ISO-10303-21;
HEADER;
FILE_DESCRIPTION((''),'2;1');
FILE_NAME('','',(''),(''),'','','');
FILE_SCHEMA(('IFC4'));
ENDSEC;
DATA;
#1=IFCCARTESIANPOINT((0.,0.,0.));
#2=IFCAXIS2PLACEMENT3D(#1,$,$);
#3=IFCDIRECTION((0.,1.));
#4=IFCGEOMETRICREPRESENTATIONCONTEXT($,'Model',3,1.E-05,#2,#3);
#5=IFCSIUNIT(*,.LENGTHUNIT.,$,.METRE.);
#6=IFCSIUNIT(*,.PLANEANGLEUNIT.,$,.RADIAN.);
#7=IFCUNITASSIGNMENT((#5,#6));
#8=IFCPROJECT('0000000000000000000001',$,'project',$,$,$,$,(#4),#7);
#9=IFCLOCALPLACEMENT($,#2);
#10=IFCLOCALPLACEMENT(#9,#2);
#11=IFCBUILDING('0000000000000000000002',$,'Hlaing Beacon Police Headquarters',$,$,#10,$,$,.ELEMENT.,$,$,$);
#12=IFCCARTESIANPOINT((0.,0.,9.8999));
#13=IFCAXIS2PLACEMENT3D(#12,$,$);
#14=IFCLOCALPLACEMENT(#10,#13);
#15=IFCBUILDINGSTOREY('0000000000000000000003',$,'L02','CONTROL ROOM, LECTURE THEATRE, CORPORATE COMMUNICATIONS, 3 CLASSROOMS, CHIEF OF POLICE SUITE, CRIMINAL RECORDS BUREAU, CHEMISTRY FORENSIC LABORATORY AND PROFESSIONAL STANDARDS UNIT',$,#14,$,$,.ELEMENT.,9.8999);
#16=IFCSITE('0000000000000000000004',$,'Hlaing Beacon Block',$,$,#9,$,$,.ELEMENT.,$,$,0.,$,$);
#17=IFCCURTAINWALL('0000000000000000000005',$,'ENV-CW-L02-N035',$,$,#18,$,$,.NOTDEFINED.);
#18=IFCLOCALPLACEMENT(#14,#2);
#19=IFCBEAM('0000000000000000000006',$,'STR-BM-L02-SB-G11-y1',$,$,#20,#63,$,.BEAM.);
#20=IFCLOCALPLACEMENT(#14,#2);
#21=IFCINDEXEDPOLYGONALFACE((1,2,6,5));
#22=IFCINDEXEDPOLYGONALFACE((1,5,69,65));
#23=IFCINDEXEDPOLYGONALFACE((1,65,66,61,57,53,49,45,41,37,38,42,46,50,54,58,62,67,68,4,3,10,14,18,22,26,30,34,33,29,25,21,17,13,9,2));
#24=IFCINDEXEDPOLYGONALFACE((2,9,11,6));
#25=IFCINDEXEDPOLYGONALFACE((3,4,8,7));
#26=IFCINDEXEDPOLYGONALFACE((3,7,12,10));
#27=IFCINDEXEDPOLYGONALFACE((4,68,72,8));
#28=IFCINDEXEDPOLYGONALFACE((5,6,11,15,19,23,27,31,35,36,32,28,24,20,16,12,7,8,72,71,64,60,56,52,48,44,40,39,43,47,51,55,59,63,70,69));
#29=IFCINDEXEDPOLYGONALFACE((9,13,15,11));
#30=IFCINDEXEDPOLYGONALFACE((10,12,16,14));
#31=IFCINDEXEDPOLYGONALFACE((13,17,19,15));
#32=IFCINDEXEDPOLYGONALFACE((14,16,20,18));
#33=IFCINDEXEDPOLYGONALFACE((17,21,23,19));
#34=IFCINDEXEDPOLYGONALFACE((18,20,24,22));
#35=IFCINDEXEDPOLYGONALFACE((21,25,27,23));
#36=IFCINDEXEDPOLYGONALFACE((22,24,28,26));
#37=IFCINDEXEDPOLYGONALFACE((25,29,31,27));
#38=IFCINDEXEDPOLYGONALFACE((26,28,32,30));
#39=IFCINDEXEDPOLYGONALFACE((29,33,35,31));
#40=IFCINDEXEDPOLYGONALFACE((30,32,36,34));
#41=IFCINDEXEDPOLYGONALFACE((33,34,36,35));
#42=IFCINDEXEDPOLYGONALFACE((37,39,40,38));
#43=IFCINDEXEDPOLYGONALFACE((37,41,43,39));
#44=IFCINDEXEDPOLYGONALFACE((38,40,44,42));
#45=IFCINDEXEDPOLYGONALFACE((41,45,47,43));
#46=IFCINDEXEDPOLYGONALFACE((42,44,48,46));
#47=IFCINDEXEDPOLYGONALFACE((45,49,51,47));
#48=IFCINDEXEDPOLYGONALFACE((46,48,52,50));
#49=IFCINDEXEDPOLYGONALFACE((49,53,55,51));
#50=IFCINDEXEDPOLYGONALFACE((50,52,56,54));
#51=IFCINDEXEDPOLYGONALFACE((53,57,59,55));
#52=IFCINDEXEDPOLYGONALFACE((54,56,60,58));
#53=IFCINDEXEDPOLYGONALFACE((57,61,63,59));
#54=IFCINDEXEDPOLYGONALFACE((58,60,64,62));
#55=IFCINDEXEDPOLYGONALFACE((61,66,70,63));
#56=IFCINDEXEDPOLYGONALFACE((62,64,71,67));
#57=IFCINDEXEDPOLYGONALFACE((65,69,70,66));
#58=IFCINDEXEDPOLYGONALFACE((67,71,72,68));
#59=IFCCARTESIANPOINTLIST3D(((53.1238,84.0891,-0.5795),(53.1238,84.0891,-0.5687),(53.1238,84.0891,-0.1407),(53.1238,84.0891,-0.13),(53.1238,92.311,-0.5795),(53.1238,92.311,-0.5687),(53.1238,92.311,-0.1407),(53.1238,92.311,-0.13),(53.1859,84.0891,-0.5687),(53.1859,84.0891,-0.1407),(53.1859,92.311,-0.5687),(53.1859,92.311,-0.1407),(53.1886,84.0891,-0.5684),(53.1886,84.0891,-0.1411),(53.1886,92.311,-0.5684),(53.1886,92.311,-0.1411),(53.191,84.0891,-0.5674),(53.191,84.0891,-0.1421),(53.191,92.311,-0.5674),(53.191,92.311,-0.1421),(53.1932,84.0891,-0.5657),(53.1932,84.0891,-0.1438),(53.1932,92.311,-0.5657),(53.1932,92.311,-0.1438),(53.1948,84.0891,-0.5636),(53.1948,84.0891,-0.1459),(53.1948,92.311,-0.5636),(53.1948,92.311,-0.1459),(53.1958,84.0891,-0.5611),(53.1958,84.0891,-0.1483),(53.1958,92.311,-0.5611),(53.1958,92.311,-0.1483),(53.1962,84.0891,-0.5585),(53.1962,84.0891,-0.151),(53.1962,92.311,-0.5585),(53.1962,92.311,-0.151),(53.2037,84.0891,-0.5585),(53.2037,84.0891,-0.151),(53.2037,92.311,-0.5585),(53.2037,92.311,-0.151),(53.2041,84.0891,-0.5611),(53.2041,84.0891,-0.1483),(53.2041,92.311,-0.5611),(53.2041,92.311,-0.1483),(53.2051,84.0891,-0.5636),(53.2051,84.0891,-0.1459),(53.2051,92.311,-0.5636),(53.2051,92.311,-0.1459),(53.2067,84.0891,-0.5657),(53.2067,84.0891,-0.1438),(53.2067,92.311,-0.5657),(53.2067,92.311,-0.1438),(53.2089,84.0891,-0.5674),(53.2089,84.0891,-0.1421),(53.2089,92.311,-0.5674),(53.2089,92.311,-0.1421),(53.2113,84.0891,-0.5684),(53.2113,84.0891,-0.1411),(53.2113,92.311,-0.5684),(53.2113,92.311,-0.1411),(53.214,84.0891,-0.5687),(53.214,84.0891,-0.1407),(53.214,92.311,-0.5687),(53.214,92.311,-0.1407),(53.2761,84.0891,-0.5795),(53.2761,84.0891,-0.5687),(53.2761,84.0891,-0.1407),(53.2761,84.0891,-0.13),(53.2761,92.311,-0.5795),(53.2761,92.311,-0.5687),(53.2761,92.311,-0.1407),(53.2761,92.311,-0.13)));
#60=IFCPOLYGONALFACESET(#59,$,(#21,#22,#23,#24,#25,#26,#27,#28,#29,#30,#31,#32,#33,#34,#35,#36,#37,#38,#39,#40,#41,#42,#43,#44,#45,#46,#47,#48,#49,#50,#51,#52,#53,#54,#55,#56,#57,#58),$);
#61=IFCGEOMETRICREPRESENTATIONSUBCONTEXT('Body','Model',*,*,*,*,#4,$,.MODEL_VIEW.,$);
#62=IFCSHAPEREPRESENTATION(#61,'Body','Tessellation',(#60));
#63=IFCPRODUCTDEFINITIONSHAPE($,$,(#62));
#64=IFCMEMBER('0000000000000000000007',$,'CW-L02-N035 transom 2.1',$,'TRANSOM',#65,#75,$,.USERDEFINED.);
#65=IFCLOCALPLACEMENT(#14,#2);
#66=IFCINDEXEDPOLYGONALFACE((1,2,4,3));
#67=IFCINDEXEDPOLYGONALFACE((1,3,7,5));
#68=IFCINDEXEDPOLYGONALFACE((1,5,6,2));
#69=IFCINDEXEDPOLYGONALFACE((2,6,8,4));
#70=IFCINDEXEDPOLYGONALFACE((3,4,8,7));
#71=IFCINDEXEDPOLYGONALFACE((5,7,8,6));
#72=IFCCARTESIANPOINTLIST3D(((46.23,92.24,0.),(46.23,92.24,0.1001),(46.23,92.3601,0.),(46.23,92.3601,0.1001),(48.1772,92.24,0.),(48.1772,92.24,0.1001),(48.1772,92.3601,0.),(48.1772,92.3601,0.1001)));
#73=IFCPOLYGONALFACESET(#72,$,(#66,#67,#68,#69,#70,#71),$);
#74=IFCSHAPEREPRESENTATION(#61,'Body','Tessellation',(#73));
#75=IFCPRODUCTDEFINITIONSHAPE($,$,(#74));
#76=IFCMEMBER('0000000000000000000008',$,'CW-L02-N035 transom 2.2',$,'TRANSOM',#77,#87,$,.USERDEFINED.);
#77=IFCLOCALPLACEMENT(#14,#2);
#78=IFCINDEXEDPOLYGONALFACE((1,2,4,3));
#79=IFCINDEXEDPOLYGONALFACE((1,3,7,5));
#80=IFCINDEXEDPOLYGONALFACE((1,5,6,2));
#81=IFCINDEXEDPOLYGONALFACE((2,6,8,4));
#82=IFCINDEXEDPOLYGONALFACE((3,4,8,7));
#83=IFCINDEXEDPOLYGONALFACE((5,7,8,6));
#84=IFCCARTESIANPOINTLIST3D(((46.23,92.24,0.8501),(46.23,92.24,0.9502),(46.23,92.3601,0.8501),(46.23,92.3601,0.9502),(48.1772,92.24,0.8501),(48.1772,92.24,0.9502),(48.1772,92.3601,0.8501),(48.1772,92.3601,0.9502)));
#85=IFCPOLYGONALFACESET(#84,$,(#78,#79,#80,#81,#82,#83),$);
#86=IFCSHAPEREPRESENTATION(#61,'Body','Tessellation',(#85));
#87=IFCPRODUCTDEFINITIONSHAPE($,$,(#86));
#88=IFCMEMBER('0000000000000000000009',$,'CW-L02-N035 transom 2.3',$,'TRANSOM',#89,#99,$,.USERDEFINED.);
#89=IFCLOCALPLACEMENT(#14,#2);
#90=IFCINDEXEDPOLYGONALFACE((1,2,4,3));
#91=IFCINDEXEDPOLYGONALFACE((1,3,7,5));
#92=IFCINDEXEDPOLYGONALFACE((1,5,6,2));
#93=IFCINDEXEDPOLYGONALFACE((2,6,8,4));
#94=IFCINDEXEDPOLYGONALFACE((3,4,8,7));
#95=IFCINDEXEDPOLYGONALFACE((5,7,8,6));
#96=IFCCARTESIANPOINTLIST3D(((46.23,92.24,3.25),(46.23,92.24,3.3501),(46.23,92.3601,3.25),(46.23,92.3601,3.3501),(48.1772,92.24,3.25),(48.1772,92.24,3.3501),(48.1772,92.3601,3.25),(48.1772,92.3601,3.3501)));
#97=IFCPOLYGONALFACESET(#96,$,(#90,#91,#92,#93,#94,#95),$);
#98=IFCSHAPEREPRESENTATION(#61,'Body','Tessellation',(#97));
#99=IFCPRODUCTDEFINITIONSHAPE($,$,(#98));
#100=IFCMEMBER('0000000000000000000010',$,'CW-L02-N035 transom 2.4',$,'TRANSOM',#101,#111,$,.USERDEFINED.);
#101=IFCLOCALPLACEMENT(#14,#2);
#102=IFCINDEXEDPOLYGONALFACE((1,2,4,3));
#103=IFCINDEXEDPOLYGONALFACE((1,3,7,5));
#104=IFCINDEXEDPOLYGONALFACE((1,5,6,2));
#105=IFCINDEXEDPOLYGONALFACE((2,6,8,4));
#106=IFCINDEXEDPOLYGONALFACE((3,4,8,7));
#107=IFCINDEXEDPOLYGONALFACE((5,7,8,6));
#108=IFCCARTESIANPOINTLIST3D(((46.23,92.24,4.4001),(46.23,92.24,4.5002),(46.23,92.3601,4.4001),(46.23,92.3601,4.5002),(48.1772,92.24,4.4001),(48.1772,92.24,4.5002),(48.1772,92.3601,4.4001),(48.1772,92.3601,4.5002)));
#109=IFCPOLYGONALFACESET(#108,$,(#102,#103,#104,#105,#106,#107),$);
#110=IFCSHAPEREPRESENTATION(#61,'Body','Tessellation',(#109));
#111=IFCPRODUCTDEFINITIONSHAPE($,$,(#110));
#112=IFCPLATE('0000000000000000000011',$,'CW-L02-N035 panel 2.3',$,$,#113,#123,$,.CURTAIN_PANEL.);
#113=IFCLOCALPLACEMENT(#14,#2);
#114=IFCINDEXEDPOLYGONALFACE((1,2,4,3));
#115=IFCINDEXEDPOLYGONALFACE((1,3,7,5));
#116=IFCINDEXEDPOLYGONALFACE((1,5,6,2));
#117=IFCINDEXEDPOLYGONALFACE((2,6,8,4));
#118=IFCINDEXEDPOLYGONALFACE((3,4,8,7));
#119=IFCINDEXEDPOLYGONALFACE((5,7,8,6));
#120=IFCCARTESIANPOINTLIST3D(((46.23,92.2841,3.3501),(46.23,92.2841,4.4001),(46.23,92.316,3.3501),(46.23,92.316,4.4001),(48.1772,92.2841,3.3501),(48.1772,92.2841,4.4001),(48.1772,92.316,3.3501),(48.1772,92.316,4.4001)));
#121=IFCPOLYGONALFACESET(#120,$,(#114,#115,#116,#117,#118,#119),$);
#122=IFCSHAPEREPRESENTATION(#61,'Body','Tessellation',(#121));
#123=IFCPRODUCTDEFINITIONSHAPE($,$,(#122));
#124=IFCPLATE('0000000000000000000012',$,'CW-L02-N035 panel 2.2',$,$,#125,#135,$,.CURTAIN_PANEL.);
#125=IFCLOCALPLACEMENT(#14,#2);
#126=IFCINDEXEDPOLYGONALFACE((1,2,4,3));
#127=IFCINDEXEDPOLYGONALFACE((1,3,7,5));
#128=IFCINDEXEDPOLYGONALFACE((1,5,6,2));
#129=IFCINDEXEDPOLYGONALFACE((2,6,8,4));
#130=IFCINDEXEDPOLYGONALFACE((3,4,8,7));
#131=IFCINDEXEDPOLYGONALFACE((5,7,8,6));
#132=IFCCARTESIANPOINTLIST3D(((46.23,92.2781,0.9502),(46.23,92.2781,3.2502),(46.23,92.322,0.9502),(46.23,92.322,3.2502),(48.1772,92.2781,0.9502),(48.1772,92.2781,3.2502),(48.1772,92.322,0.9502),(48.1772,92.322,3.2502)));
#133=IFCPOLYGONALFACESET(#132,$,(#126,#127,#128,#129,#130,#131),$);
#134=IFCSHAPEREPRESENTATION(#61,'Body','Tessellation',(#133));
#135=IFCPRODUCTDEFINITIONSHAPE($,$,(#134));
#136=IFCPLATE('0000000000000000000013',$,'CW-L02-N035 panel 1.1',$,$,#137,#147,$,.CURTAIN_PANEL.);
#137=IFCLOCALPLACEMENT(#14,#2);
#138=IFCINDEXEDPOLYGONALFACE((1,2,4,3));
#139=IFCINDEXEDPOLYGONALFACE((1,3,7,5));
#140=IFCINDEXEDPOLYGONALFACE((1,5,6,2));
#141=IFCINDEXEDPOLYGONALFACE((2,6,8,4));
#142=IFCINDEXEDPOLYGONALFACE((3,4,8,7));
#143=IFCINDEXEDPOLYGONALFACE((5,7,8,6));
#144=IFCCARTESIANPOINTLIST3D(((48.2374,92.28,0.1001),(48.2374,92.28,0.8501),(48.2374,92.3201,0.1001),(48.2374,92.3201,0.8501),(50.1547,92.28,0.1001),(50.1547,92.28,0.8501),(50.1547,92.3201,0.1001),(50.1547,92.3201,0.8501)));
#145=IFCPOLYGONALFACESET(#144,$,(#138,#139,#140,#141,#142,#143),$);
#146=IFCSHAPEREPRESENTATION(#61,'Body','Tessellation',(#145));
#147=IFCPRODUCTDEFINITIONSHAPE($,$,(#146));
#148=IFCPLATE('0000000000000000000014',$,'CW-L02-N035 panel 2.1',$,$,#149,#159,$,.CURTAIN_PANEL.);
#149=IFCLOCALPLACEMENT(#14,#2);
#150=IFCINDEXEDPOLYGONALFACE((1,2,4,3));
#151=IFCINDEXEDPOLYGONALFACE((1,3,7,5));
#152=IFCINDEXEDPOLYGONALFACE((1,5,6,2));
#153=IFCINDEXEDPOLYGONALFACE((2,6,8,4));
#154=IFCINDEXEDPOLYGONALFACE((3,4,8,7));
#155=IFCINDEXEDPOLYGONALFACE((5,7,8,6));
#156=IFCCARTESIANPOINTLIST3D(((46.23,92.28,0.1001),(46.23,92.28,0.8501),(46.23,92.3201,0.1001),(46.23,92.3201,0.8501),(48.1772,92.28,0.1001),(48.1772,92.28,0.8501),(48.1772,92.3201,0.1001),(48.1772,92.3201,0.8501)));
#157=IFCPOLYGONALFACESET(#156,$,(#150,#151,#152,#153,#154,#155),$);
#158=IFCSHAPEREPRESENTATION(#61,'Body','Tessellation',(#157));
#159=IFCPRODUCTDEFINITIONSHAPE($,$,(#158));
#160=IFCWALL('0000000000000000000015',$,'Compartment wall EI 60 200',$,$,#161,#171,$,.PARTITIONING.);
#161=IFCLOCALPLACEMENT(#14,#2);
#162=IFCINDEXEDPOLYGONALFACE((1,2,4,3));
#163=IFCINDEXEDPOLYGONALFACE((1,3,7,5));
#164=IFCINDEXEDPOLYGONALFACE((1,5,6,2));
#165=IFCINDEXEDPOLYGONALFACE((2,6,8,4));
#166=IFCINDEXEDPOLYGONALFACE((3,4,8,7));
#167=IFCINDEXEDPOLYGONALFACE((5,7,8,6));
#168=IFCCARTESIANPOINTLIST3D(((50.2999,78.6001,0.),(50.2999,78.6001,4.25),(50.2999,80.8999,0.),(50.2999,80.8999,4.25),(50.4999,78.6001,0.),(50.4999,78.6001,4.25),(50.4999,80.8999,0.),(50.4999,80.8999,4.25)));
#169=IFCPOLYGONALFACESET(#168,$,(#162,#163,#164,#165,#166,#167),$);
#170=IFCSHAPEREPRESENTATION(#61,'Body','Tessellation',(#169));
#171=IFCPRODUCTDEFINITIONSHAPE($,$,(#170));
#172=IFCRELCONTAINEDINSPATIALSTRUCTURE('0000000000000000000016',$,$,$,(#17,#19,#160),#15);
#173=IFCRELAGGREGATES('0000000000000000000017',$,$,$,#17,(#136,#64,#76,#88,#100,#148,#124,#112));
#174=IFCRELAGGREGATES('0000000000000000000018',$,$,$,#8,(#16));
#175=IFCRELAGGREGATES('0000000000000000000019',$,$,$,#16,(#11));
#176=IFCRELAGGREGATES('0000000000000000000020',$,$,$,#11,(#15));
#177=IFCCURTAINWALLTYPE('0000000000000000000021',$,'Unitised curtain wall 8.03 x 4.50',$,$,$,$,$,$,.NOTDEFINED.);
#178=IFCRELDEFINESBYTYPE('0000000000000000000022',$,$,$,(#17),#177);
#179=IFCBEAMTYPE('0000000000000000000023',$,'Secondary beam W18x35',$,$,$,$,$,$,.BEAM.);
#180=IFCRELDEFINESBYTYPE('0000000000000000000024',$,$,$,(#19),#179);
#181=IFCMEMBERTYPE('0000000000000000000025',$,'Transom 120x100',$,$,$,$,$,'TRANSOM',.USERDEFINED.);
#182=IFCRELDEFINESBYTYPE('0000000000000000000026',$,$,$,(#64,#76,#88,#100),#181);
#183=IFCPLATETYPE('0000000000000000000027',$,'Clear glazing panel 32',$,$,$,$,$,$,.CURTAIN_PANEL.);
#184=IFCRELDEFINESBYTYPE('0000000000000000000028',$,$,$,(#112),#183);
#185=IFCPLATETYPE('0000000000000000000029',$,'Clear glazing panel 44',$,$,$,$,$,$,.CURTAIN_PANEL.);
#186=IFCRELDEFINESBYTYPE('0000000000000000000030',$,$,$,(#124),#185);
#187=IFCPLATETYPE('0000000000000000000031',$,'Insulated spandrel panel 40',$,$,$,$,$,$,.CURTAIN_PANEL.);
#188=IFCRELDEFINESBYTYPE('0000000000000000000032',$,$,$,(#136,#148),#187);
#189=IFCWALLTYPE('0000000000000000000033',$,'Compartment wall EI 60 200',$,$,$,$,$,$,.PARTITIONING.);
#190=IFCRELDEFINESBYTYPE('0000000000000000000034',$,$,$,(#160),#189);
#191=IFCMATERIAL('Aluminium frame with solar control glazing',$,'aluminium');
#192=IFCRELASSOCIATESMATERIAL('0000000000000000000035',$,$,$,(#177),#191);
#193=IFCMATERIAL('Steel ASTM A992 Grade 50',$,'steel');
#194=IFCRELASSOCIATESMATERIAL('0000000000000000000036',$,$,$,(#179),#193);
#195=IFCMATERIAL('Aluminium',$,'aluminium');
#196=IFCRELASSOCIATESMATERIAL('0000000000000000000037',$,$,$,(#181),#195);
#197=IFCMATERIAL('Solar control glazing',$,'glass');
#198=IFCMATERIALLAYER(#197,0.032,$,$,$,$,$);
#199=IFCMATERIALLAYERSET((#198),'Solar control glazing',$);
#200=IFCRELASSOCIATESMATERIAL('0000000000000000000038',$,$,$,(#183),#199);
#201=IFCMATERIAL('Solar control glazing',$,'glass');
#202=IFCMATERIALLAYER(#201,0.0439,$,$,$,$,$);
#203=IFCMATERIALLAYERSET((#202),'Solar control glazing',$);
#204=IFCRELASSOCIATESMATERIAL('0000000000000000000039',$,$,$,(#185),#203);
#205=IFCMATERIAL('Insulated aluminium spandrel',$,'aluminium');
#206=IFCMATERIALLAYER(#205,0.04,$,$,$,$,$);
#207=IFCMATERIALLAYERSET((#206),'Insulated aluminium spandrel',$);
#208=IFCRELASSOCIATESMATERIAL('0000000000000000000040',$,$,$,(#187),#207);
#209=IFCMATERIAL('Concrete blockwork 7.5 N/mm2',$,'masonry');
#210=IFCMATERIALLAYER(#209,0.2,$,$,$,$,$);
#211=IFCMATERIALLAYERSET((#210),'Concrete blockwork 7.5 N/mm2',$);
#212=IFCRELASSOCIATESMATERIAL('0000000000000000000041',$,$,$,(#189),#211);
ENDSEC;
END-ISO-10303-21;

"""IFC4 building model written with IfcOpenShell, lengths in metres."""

from ifc_helpers import new_model, si_unit, direction, frame, frame_2d, origin, origin_2d, place, context, subcontext, project, spatial, rectangle, i_section, extrude, material, layer, layer_set, material_profile, profile_set, type_object, element, aggregate, save


model = new_model("IFC4")

# Units and contexts
model_context = context("Model", 3, precision=1e-05, world=origin(), true_north=direction((0.0, 1.0)))
body_context = subcontext(model_context, "Body", "Model", "MODEL_VIEW")
ifc_project = project(units=[si_unit("LENGTHUNIT", "METRE"), si_unit("PLANEANGLEUNIT", "RADIAN")], contexts=[model_context])

# Site, building, storey
site_placement = place(None, origin())
site = spatial("IfcSite", under=ifc_project, at=site_placement, Name="Hlaing Beacon Block", CompositionType="ELEMENT", RefElevation=0.0)
building_placement = place(site_placement, origin())
building = spatial("IfcBuilding", under=site, at=building_placement, Name="Hlaing Beacon Police Headquarters", CompositionType="ELEMENT")
storey_placement = place(building_placement, frame((0.0, 0.0, 9.8999)))
storey = spatial("IfcBuildingStorey", under=building, at=storey_placement, Name="L02", Description="CONTROL ROOM, LECTURE THEATRE, CORPORATE COMMUNICATIONS, 3 CLASSROOMS, CHIEF OF POLICE SUITE, CRIMINAL RECORDS BUREAU, CHEMISTRY FORENSIC LABORATORY AND PROFESSIONAL STANDARDS UNIT", CompositionType="ELEMENT", Elevation=9.8999)

# Curtain wall
ifc_material_1 = material(Name="Aluminium frame with solar control glazing", Category="aluminium")
curtain_wall_type = type_object("IfcCurtainWallType", Name="Unitised curtain wall 8.03 x 4.50", PredefinedType="NOTDEFINED", material=ifc_material_1)
curtain_wall_placement = place(storey_placement, origin())
curtain_wall = element("IfcCurtainWall", 1, at=curtain_wall_placement, inside=storey, type_object=curtain_wall_type, Name="ENV-CW-L02-N035", PredefinedType="NOTDEFINED")

# Beam
ifc_material_2 = material(Name="Steel ASTM A992 Grade 50", Category="steel")
ifc_material_profile_1 = material_profile(ifc_material_2, i_section(OverallWidth=0.1523, OverallDepth=0.4495, WebThickness=0.0076, FlangeThickness=0.0107, FilletRadius=0.0103, at=origin_2d()), Name="W18x35")
ifc_profile_set_1 = profile_set([ifc_material_profile_1], Name="Steel ASTM A992 Grade 50")
beam_type_1 = type_object("IfcBeamType", Name="Secondary beam W18x35", PredefinedType="BEAM", material=ifc_profile_set_1)
for number, where, z_axis, x_axis, name in (
    (2, (53.2, 84.0891, -0.3547), (0.0, 1.0, 0.0), (-1.0, 0.0, 0.0), "STR-BM-L02-SB-G11-y1"),
):
    element("IfcBeam", number, at=place(storey_placement, frame(where, z_axis=z_axis, x_axis=x_axis)), inside=storey, type_object=beam_type_1, Name=name, PredefinedType="BEAM", context=body_context, shape_type="SweptSolid", body=[
        extrude(i_section(OverallWidth=0.1523, OverallDepth=0.4495, WebThickness=0.0076, FlangeThickness=0.0107, FilletRadius=0.0103, at=origin_2d()), origin(), (0.0, 0.0, 1.0), 8.2219),
    ])

# Members
ifc_material_3 = material(Name="Aluminium", Category="aluminium")
ifc_material_profile_2 = material_profile(ifc_material_3, rectangle(XDim=0.1201, YDim=0.1001, at=origin_2d()), Name="Transom 120x100")
ifc_profile_set_2 = profile_set([ifc_material_profile_2], Name="Aluminium")
member_type_1 = type_object("IfcMemberType", Name="Transom 120x100", ElementType="TRANSOM", PredefinedType="USERDEFINED", material=ifc_profile_set_2)
member_1_placement = place(storey_placement, frame((48.1772, 92.3, 0.05), z_axis=(-1.0, 0.0, 0.0), x_axis=(0.0, -1.0, 0.0)))
member_1 = element("IfcMember", 3, at=member_1_placement, type_object=member_type_1, Name="CW-L02-N035 transom 2.1", ObjectType="TRANSOM", PredefinedType="USERDEFINED", context=body_context, shape_type="SweptSolid", body=[
    extrude(rectangle(XDim=0.1201, YDim=0.1001, at=origin_2d()), origin(), (0.0, 0.0, 1.0), 1.9473),
])
member_2_placement = place(storey_placement, frame((48.1772, 92.3, 0.9001), z_axis=(-1.0, 0.0, 0.0), x_axis=(0.0, -1.0, 0.0)))
member_2 = element("IfcMember", 4, at=member_2_placement, type_object=member_type_1, Name="CW-L02-N035 transom 2.2", ObjectType="TRANSOM", PredefinedType="USERDEFINED", context=body_context, shape_type="SweptSolid", body=[
    extrude(rectangle(XDim=0.1201, YDim=0.1001, at=origin_2d()), origin(), (0.0, 0.0, 1.0), 1.9473),
])
member_3_placement = place(storey_placement, frame((48.1772, 92.3, 3.3), z_axis=(-1.0, 0.0, 0.0), x_axis=(0.0, -1.0, 0.0)))
member_3 = element("IfcMember", 5, at=member_3_placement, type_object=member_type_1, Name="CW-L02-N035 transom 2.3", ObjectType="TRANSOM", PredefinedType="USERDEFINED", context=body_context, shape_type="SweptSolid", body=[
    extrude(rectangle(XDim=0.1201, YDim=0.1001, at=origin_2d()), origin(), (0.0, 0.0, 1.0), 1.9473),
])
member_4_placement = place(storey_placement, frame((48.1772, 92.3, 4.4502), z_axis=(-1.0, 0.0, 0.0), x_axis=(0.0, -1.0, 0.0)))
member_4 = element("IfcMember", 6, at=member_4_placement, type_object=member_type_1, Name="CW-L02-N035 transom 2.4", ObjectType="TRANSOM", PredefinedType="USERDEFINED", context=body_context, shape_type="SweptSolid", body=[
    extrude(rectangle(XDim=0.1201, YDim=0.1001, at=origin_2d()), origin(), (0.0, 0.0, 1.0), 1.9473),
])

# Plates
ifc_material_4 = material(Name="Solar control glazing", Category="glass")
ifc_layer_1 = layer(ifc_material_4, 0.032)
ifc_layer_set_1 = layer_set([ifc_layer_1], Name="Solar control glazing")
plate_type_1 = type_object("IfcPlateType", Name="Clear glazing panel 32", PredefinedType="CURTAIN_PANEL", material=ifc_layer_set_1)
plate_1_placement = place(storey_placement, frame((47.2036, 92.3, 3.3501), z_axis=(0.0, 0.0, 1.0), x_axis=(-1.0, 0.0, 0.0)))
plate_1 = element("IfcPlate", 7, at=plate_1_placement, type_object=plate_type_1, Name="CW-L02-N035 panel 2.3", PredefinedType="CURTAIN_PANEL", context=body_context, shape_type="SweptSolid", body=[
    extrude(rectangle(XDim=1.9473, YDim=0.032, at=origin_2d()), origin(), (0.0, 0.0, 1.0), 1.05),
])
ifc_material_5 = material(Name="Solar control glazing", Category="glass")
ifc_layer_2 = layer(ifc_material_5, 0.0439)
ifc_layer_set_2 = layer_set([ifc_layer_2], Name="Solar control glazing")
plate_type_2 = type_object("IfcPlateType", Name="Clear glazing panel 44", PredefinedType="CURTAIN_PANEL", material=ifc_layer_set_2)
plate_2_placement = place(storey_placement, frame((47.2036, 92.3, 0.9502), z_axis=(0.0, 0.0, 1.0), x_axis=(-1.0, 0.0, 0.0)))
plate_2 = element("IfcPlate", 8, at=plate_2_placement, type_object=plate_type_2, Name="CW-L02-N035 panel 2.2", PredefinedType="CURTAIN_PANEL", context=body_context, shape_type="SweptSolid", body=[
    extrude(rectangle(XDim=1.9473, YDim=0.0439, at=origin_2d()), origin(), (0.0, 0.0, 1.0), 2.3),
])
ifc_material_6 = material(Name="Insulated aluminium spandrel", Category="aluminium")
ifc_layer_3 = layer(ifc_material_6, 0.04)
ifc_layer_set_3 = layer_set([ifc_layer_3], Name="Insulated aluminium spandrel")
plate_type_3 = type_object("IfcPlateType", Name="Insulated spandrel panel 40", PredefinedType="CURTAIN_PANEL", material=ifc_layer_set_3)
plate_3_placement = place(storey_placement, frame((49.196, 92.3, 0.1001), z_axis=(0.0, 0.0, 1.0), x_axis=(-1.0, 0.0, 0.0)))
plate_3 = element("IfcPlate", 9, at=plate_3_placement, type_object=plate_type_3, Name="CW-L02-N035 panel 1.1", PredefinedType="CURTAIN_PANEL", context=body_context, shape_type="SweptSolid", body=[
    extrude(rectangle(XDim=1.9172, YDim=0.04, at=origin_2d()), origin(), (0.0, 0.0, 1.0), 0.75),
])
plate_4_placement = place(storey_placement, frame((47.2036, 92.3, 0.1001), z_axis=(0.0, 0.0, 1.0), x_axis=(-1.0, 0.0, 0.0)))
plate_4 = element("IfcPlate", 10, at=plate_4_placement, type_object=plate_type_3, Name="CW-L02-N035 panel 2.1", PredefinedType="CURTAIN_PANEL", context=body_context, shape_type="SweptSolid", body=[
    extrude(rectangle(XDim=1.9473, YDim=0.04, at=origin_2d()), origin(), (0.0, 0.0, 1.0), 0.75),
])
aggregate(curtain_wall, [plate_3, member_1, member_2, member_3, member_4, plate_4, plate_2, plate_1])

# Wall
ifc_material_7 = material(Name="Concrete blockwork 7.5 N/mm2", Category="masonry")
ifc_layer_4 = layer(ifc_material_7, 0.2)
ifc_layer_set_4 = layer_set([ifc_layer_4], Name="Concrete blockwork 7.5 N/mm2")
wall_type_1 = type_object("IfcWallType", Name="Compartment wall EI 60 200", PredefinedType="PARTITIONING", material=ifc_layer_set_4)
wall_1_placement = place(storey_placement, frame((50.3999, 78.6001, 0.0), z_axis=(0.0, 0.0, 1.0), x_axis=(0.0, 1.0, 0.0)))
element("IfcWall", 11, at=wall_1_placement, inside=storey, type_object=wall_type_1, Name="Compartment wall EI 60 200", PredefinedType="PARTITIONING", context=body_context, shape_type="SweptSolid", body=[
    extrude(rectangle(XDim=2.2998, YDim=0.2, at=frame_2d((1.1499, 0.0))), origin(), (0.0, 0.0, 1.0), 4.25),
])

save(model, "model.ifc")
